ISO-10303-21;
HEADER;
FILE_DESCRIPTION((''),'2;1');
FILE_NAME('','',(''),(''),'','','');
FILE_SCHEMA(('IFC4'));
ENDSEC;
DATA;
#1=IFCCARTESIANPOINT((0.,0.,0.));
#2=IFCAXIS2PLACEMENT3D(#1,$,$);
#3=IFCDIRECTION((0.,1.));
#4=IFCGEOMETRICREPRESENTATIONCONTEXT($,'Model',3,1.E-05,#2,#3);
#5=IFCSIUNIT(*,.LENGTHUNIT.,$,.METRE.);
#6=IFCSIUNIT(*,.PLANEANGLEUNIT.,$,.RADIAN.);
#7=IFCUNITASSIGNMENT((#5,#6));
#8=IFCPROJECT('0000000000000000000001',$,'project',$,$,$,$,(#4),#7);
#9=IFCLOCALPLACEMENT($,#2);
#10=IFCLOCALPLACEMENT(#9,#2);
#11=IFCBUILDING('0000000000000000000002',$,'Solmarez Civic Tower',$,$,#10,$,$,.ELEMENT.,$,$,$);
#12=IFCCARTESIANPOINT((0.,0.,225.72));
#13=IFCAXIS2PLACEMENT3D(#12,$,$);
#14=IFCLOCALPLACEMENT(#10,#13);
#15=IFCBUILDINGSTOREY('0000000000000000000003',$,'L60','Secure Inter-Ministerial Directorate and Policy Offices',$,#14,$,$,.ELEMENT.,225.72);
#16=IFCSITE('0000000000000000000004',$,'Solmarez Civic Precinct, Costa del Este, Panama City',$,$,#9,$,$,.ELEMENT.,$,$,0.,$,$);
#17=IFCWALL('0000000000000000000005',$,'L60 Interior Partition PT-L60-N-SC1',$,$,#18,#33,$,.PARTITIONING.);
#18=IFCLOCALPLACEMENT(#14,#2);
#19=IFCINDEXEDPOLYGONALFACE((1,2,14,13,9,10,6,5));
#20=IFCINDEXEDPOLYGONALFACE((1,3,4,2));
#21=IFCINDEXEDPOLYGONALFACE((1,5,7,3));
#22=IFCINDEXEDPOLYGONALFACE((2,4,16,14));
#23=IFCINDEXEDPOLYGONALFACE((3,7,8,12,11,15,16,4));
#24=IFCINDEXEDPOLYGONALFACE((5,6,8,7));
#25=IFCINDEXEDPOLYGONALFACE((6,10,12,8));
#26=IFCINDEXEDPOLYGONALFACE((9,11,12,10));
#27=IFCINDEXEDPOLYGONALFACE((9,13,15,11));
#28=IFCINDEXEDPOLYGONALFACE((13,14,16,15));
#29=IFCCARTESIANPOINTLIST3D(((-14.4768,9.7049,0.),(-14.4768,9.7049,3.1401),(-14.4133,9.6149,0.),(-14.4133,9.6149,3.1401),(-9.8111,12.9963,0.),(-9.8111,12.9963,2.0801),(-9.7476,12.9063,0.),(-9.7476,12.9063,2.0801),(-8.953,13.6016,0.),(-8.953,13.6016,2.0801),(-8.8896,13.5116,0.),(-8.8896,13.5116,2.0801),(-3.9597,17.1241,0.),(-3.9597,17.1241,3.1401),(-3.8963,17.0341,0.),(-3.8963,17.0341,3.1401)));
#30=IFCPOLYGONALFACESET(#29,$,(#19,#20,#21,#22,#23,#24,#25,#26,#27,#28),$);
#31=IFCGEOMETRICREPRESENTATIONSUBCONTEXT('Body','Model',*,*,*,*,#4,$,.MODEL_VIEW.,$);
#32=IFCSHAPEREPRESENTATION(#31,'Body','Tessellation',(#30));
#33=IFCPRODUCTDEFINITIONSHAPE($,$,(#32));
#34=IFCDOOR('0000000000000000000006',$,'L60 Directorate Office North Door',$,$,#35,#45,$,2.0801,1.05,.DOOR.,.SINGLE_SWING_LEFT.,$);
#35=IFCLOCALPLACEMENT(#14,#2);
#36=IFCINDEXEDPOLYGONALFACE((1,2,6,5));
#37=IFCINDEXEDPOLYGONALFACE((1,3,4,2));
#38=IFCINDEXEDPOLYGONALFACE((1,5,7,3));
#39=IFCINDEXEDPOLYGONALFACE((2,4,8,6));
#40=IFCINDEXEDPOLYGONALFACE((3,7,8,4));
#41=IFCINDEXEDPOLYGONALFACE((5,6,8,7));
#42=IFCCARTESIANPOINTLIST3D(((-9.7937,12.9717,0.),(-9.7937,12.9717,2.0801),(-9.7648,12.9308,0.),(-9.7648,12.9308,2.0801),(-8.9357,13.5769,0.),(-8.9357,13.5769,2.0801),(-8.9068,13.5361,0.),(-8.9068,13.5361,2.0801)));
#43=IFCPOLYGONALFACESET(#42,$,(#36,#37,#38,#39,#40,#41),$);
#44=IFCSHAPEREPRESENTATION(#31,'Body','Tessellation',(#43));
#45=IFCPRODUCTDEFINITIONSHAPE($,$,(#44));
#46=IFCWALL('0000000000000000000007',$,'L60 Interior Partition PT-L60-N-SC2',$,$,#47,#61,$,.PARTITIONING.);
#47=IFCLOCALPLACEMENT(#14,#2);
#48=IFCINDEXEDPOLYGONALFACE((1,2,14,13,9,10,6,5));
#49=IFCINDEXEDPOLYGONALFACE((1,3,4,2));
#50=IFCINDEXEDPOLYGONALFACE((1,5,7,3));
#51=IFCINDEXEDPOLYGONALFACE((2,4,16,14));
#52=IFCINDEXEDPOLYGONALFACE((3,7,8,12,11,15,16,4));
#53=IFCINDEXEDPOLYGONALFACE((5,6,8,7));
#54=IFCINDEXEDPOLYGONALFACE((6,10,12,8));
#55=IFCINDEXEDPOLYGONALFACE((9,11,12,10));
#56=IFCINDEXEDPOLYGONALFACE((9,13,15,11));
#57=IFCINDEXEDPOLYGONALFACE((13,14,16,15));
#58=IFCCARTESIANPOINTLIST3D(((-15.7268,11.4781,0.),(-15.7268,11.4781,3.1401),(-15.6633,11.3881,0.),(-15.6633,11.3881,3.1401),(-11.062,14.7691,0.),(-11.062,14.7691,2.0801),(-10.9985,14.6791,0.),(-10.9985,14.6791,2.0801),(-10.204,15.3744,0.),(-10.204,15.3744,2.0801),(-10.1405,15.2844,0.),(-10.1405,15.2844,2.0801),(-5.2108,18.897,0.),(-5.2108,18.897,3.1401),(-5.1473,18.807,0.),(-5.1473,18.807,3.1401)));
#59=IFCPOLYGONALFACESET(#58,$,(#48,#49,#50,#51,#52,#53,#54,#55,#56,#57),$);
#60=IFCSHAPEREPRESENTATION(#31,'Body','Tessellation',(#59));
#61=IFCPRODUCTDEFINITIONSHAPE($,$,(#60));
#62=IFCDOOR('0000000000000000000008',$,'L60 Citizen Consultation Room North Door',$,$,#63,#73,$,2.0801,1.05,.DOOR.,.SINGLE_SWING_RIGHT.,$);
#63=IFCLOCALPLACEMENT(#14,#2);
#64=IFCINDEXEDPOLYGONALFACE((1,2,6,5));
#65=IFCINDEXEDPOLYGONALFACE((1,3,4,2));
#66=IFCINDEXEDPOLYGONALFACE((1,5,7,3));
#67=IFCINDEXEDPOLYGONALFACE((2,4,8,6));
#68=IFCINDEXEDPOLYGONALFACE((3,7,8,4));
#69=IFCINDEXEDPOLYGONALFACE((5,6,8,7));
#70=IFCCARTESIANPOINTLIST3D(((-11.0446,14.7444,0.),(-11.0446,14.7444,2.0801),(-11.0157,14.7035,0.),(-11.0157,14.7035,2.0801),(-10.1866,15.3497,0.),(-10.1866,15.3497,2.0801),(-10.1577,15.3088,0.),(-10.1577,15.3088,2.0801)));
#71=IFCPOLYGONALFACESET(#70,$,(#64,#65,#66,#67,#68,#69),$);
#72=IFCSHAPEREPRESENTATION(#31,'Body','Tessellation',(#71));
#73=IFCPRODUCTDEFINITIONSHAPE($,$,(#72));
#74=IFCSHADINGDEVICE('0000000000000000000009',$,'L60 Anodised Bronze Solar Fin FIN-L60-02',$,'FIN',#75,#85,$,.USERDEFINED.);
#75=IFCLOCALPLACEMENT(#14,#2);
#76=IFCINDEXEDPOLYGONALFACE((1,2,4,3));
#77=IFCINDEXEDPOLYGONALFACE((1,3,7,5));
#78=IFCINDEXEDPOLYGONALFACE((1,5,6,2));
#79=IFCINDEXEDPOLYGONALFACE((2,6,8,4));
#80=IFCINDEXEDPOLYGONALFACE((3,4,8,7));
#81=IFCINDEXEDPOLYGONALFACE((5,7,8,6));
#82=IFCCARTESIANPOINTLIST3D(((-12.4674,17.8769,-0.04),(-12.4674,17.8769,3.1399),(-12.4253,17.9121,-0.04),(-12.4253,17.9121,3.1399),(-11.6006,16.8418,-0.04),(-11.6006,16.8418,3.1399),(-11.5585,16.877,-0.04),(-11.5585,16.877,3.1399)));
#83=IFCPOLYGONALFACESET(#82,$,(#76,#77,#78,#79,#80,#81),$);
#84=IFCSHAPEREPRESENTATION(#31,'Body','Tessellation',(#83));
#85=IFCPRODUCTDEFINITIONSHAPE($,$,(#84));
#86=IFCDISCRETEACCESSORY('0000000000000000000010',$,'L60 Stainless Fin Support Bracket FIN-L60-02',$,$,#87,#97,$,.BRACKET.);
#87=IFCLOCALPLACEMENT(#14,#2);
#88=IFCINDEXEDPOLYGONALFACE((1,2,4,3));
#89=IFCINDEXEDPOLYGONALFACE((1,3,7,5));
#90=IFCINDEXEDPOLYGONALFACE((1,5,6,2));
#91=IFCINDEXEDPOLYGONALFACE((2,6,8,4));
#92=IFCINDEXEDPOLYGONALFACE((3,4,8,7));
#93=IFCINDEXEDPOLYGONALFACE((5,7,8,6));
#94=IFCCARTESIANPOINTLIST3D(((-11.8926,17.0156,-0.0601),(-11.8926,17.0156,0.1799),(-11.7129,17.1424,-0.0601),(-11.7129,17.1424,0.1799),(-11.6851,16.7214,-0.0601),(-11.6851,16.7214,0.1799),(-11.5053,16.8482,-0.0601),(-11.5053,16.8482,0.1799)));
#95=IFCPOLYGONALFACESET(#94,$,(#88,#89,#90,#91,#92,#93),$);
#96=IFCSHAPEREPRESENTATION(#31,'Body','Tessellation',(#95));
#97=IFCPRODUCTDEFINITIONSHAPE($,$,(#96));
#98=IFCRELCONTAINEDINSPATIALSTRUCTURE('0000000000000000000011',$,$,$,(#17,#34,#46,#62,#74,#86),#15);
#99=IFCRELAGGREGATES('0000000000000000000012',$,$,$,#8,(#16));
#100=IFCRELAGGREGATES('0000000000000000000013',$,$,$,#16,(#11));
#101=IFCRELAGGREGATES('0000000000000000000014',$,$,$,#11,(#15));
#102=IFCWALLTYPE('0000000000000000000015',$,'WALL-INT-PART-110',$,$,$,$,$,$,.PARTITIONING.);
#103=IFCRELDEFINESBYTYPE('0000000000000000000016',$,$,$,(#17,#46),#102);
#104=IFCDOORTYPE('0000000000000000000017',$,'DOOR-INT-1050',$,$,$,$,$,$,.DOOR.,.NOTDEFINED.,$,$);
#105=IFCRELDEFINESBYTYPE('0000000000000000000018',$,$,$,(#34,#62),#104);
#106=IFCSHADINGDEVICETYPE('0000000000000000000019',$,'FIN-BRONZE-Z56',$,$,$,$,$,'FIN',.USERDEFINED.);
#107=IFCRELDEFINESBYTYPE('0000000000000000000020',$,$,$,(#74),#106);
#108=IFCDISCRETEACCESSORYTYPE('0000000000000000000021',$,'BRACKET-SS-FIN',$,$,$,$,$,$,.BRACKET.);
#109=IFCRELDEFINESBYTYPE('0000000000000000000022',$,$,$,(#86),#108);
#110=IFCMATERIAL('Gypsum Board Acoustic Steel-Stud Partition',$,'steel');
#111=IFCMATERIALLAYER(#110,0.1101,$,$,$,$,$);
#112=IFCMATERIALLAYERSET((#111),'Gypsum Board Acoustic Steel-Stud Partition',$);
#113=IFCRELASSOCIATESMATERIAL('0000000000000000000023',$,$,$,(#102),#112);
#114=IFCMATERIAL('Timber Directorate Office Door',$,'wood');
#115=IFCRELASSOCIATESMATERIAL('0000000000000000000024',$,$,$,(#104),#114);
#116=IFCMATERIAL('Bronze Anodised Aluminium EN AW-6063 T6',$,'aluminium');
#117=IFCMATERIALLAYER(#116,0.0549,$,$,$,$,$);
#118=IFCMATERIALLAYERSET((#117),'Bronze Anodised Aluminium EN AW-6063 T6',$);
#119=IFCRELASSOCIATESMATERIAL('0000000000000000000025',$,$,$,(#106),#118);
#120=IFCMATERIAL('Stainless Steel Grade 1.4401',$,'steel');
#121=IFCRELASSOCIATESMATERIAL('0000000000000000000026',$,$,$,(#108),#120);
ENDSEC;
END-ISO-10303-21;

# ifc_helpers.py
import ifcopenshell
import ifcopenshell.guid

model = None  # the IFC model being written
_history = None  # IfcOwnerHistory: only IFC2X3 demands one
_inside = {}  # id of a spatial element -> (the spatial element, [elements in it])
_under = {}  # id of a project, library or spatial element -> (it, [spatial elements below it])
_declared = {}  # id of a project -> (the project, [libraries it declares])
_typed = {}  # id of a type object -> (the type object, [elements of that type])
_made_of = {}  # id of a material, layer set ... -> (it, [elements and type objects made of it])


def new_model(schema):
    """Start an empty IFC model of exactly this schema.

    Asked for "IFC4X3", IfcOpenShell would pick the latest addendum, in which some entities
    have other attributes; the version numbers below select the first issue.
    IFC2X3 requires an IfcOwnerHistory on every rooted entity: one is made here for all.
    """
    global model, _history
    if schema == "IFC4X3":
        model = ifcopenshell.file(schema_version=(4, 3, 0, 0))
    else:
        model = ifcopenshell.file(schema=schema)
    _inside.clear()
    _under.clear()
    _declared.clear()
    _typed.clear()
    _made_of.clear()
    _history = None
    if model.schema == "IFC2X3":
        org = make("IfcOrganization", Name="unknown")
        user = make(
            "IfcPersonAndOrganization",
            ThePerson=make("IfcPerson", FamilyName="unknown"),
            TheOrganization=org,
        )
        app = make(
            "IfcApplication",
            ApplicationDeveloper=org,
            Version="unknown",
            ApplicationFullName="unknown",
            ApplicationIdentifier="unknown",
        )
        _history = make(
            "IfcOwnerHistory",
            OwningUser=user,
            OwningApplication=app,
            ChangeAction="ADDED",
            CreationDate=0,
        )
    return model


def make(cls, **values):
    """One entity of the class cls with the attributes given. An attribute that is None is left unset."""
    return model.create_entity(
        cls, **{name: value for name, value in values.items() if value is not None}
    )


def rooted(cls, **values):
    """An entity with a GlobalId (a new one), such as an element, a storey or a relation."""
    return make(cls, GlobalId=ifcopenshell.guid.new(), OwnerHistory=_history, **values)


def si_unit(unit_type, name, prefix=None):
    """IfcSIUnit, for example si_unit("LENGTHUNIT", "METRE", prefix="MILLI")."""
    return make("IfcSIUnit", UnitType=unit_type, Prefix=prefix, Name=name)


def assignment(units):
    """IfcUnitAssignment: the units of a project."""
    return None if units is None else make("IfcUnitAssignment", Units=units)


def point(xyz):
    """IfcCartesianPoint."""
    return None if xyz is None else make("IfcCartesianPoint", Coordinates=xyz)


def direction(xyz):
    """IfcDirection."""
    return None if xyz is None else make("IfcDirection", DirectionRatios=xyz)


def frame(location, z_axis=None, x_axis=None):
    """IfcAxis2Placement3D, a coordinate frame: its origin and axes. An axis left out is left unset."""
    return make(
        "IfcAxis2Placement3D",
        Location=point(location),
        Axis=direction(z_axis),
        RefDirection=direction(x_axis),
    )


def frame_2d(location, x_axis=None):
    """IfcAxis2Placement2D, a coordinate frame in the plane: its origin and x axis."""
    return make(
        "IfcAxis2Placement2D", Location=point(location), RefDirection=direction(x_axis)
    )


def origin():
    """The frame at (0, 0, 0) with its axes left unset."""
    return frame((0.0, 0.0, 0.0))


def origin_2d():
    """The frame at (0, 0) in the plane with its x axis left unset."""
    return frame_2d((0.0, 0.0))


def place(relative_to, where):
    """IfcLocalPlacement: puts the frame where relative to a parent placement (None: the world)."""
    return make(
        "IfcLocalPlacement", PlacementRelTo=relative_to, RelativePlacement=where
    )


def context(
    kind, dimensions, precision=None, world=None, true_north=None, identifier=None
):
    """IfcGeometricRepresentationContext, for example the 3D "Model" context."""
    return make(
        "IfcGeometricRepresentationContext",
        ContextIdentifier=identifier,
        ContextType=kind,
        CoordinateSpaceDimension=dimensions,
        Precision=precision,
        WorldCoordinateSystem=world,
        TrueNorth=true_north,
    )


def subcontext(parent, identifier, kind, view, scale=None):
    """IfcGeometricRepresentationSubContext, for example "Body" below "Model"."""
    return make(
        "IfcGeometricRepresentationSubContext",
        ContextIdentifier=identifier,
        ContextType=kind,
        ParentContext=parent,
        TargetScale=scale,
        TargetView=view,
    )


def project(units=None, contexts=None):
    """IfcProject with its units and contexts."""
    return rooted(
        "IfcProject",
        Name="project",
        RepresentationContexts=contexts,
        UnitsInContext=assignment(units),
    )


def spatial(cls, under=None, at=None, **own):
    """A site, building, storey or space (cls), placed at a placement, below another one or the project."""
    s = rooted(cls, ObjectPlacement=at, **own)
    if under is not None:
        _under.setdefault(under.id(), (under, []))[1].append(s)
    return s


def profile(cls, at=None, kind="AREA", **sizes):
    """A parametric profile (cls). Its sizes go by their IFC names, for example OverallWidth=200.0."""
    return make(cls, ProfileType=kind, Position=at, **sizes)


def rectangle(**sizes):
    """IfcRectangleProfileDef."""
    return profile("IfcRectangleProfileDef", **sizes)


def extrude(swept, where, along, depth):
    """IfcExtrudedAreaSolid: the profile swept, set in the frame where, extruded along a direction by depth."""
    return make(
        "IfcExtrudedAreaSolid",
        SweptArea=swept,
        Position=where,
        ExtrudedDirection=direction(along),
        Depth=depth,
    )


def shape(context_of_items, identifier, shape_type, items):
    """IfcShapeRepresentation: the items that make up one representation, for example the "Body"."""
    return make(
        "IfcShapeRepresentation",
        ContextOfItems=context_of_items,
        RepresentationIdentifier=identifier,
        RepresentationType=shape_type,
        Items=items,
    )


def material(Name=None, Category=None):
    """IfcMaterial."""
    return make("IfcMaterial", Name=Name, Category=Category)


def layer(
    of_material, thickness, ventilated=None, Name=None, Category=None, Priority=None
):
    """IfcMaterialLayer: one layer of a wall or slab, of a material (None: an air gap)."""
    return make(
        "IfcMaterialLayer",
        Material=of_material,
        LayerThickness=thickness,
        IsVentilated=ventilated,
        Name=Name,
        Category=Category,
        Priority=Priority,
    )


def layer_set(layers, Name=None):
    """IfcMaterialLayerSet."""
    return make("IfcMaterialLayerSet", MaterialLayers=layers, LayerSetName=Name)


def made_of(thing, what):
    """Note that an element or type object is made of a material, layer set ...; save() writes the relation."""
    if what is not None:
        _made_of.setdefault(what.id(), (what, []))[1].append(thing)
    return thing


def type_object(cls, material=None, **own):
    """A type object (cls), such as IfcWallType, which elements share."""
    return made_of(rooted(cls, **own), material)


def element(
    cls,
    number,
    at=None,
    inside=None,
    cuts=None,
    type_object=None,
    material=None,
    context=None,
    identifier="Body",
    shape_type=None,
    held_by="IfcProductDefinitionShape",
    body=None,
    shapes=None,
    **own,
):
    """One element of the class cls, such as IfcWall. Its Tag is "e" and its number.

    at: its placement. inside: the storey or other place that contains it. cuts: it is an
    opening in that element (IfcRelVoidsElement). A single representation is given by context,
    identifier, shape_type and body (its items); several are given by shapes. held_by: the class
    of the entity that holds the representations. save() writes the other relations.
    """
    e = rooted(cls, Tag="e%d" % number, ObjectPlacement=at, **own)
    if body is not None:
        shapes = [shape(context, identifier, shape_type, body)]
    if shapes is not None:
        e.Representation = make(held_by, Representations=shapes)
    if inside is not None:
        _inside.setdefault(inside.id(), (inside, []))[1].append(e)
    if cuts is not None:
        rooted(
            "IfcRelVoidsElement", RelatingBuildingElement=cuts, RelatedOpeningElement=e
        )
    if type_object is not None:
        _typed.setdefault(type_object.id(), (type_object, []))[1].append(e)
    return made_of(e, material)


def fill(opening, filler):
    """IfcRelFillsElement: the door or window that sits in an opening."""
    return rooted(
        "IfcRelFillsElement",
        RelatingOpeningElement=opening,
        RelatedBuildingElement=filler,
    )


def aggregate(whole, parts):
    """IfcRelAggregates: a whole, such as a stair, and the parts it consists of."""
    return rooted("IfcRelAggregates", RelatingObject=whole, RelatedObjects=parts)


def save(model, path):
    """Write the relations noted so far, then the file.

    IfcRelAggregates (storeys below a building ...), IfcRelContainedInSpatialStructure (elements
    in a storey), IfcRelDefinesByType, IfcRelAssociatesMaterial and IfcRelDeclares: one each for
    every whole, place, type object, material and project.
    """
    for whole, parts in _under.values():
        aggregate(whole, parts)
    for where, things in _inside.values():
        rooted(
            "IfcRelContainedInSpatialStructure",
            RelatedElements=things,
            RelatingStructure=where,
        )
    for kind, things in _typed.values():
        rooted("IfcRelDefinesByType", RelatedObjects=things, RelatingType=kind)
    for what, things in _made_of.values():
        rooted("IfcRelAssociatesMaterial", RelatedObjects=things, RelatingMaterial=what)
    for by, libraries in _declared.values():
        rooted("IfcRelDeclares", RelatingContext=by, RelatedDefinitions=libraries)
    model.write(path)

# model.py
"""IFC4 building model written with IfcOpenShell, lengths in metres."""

from ifc_helpers import new_model, si_unit, direction, frame, frame_2d, origin, origin_2d, place, context, subcontext, project, spatial, rectangle, extrude, material, layer, layer_set, type_object, element, fill, save


model = new_model("IFC4")

# Units and contexts
model_context = context("Model", 3, precision=1e-05, world=origin(), true_north=direction((0.0, 1.0)))
body_context = subcontext(model_context, "Body", "Model", "MODEL_VIEW")
ifc_project = project(units=[si_unit("LENGTHUNIT", "METRE"), si_unit("PLANEANGLEUNIT", "RADIAN")], contexts=[model_context])

# Site, building, storey
site_placement = place(None, origin())
site = spatial("IfcSite", under=ifc_project, at=site_placement, Name="Solmarez Civic Precinct, Costa del Este, Panama City", CompositionType="ELEMENT", RefElevation=0.0)
building_placement = place(site_placement, origin())
building = spatial("IfcBuilding", under=site, at=building_placement, Name="Solmarez Civic Tower", CompositionType="ELEMENT")
storey_placement = place(building_placement, frame((0.0, 0.0, 225.72)))
storey = spatial("IfcBuildingStorey", under=building, at=storey_placement, Name="L60", Description="Secure Inter-Ministerial Directorate and Policy Offices", CompositionType="ELEMENT", Elevation=225.72)

# Shared definitions
ifc_material_1 = material(Name="Bronze Anodised Aluminium EN AW-6063 T6", Category="aluminium")

# Shared definitions
ifc_material_2 = material(Name="Gypsum Board Acoustic Steel-Stud Partition", Category="steel")
ifc_layer_1 = layer(ifc_material_2, 0.1101)
ifc_layer_set_1 = layer_set([ifc_layer_1], Name="Gypsum Board Acoustic Steel-Stud Partition")
wall_type_1 = type_object("IfcWallType", Name="WALL-INT-PART-110", PredefinedType="PARTITIONING", material=ifc_layer_set_1)

# Walls, openings, doors
wall_1_placement = place(storey_placement, frame((-14.4451, 9.6599, 0.0), z_axis=(0.0, 0.0, 1.0), x_axis=(0.817138, 0.576443, 0.0)))
wall_1 = element("IfcWall", 1, at=wall_1_placement, inside=storey, type_object=wall_type_1, Name="L60 Interior Partition PT-L60-N-SC1", PredefinedType="PARTITIONING", context=body_context, shape_type="SweptSolid", body=[
    extrude(rectangle(XDim=12.8706, YDim=0.1101, at=frame_2d((6.4353, 0.0))), origin(), (0.0, 0.0, 1.0), 3.1401),
])
opening_1_placement = place(wall_1_placement, frame((5.71, 0.0, 0.0)))
opening_1 = element("IfcOpeningElement", 2, at=opening_1_placement, cuts=wall_1, PredefinedType="OPENING", context=body_context, shape_type="SweptSolid", body=[
    extrude(rectangle(XDim=1.05, YDim=2.0801, at=frame_2d((0.5249, 1.04))), frame((0.0, 0.0649, 0.0), z_axis=(0.0, -1.0, 0.0), x_axis=(1.0, 0.0, 0.0)), (0.0, 0.0, 1.0), 0.1301),
])
ifc_material_3 = material(Name="Timber Directorate Office Door", Category="wood")
door_type_1 = type_object("IfcDoorType", Name="DOOR-INT-1050", OperationType="NOTDEFINED", PredefinedType="DOOR", material=ifc_material_3)
door_1_placement = place(opening_1_placement, origin())
door_1 = element("IfcDoor", 3, at=door_1_placement, inside=storey, type_object=door_type_1, Name="L60 Directorate Office North Door", OperationType="SINGLE_SWING_LEFT", OverallHeight=2.0801, OverallWidth=1.05, PredefinedType="DOOR", context=body_context, shape_type="SweptSolid", body=[
    extrude(rectangle(XDim=1.05, YDim=2.0801, at=frame_2d((0.5249, 1.04))), frame((0.0, 0.0249, 0.0), z_axis=(0.0, -1.0, 0.0), x_axis=(1.0, 0.0, 0.0)), (0.0, 0.0, 1.0), 0.05),
])
fill(opening_1, door_1)
wall_2_placement = place(storey_placement, frame((-15.6951, 11.4331, 0.0), z_axis=(0.0, 0.0, 1.0), x_axis=(0.817121, 0.576466, 0.0)))
wall_2 = element("IfcWall", 4, at=wall_2_placement, inside=storey, type_object=wall_type_1, Name="L60 Interior Partition PT-L60-N-SC2", PredefinedType="PARTITIONING", context=body_context, shape_type="SweptSolid", body=[
    extrude(rectangle(XDim=12.8696, YDim=0.1101, at=frame_2d((6.4348, 0.0))), origin(), (0.0, 0.0, 1.0), 3.1401),
])
opening_2_placement = place(wall_2_placement, frame((5.709, 0.0, 0.0)))
opening_2 = element("IfcOpeningElement", 5, at=opening_2_placement, cuts=wall_2, PredefinedType="OPENING", context=body_context, shape_type="SweptSolid", body=[
    extrude(rectangle(XDim=1.05, YDim=2.0801, at=frame_2d((0.5249, 1.04))), frame((0.0, 0.0649, 0.0), z_axis=(0.0, -1.0, 0.0), x_axis=(1.0, 0.0, 0.0)), (0.0, 0.0, 1.0), 0.1301),
])
door_2_placement = place(opening_2_placement, origin())
door_2 = element("IfcDoor", 6, at=door_2_placement, inside=storey, type_object=door_type_1, Name="L60 Citizen Consultation Room North Door", OperationType="SINGLE_SWING_RIGHT", OverallHeight=2.0801, OverallWidth=1.05, PredefinedType="DOOR", context=body_context, shape_type="SweptSolid", body=[
    extrude(rectangle(XDim=1.05, YDim=2.0801, at=frame_2d((0.5249, 1.04))), frame((0.0, 0.0249, 0.0), z_axis=(0.0, -1.0, 0.0), x_axis=(1.0, 0.0, 0.0)), (0.0, 0.0, 1.0), 0.05),
])
fill(opening_2, door_2)

# Shading device
ifc_layer_2 = layer(ifc_material_1, 0.0549)
ifc_layer_set_2 = layer_set([ifc_layer_2], Name="Bronze Anodised Aluminium EN AW-6063 T6")
shading_device_type = type_object("IfcShadingDeviceType", Name="FIN-BRONZE-Z56", ElementType="FIN", PredefinedType="USERDEFINED", material=ifc_layer_set_2)
shading_device_placement = place(storey_placement, frame((-12.0129, 17.377, -0.04), z_axis=(0.0, 0.0, 1.0), x_axis=(-0.642012, 0.766695, 0.0)))
element("IfcShadingDevice", 7, at=shading_device_placement, inside=storey, type_object=shading_device_type, Name="L60 Anodised Bronze Solar Fin FIN-L60-02", ObjectType="FIN", PredefinedType="USERDEFINED", context=body_context, shape_type="SweptSolid", body=[
    extrude(rectangle(XDim=1.3501, YDim=0.0549, at=origin_2d()), origin(), (0.0, 0.0, 1.0), 3.1799),
])

# Discrete accessory
ifc_material_4 = material(Name="Stainless Steel Grade 1.4401", Category="steel")
discrete_accessory_type = type_object("IfcDiscreteAccessoryType", Name="BRACKET-SS-FIN", PredefinedType="BRACKET", material=ifc_material_4)
discrete_accessory_placement = place(storey_placement, frame((-11.699, 16.9319, -0.0601), z_axis=(0.0, 0.0, 1.0), x_axis=(-0.576419, 0.817154, 0.0)))
element("IfcDiscreteAccessory", 8, at=discrete_accessory_placement, inside=storey, type_object=discrete_accessory_type, Name="L60 Stainless Fin Support Bracket FIN-L60-02", PredefinedType="BRACKET", context=body_context, shape_type="SweptSolid", body=[
    extrude(rectangle(XDim=0.3601, YDim=0.22, at=origin_2d()), origin(), (0.0, 0.0, 1.0), 0.24),
])

save(model, "model.ifc")
